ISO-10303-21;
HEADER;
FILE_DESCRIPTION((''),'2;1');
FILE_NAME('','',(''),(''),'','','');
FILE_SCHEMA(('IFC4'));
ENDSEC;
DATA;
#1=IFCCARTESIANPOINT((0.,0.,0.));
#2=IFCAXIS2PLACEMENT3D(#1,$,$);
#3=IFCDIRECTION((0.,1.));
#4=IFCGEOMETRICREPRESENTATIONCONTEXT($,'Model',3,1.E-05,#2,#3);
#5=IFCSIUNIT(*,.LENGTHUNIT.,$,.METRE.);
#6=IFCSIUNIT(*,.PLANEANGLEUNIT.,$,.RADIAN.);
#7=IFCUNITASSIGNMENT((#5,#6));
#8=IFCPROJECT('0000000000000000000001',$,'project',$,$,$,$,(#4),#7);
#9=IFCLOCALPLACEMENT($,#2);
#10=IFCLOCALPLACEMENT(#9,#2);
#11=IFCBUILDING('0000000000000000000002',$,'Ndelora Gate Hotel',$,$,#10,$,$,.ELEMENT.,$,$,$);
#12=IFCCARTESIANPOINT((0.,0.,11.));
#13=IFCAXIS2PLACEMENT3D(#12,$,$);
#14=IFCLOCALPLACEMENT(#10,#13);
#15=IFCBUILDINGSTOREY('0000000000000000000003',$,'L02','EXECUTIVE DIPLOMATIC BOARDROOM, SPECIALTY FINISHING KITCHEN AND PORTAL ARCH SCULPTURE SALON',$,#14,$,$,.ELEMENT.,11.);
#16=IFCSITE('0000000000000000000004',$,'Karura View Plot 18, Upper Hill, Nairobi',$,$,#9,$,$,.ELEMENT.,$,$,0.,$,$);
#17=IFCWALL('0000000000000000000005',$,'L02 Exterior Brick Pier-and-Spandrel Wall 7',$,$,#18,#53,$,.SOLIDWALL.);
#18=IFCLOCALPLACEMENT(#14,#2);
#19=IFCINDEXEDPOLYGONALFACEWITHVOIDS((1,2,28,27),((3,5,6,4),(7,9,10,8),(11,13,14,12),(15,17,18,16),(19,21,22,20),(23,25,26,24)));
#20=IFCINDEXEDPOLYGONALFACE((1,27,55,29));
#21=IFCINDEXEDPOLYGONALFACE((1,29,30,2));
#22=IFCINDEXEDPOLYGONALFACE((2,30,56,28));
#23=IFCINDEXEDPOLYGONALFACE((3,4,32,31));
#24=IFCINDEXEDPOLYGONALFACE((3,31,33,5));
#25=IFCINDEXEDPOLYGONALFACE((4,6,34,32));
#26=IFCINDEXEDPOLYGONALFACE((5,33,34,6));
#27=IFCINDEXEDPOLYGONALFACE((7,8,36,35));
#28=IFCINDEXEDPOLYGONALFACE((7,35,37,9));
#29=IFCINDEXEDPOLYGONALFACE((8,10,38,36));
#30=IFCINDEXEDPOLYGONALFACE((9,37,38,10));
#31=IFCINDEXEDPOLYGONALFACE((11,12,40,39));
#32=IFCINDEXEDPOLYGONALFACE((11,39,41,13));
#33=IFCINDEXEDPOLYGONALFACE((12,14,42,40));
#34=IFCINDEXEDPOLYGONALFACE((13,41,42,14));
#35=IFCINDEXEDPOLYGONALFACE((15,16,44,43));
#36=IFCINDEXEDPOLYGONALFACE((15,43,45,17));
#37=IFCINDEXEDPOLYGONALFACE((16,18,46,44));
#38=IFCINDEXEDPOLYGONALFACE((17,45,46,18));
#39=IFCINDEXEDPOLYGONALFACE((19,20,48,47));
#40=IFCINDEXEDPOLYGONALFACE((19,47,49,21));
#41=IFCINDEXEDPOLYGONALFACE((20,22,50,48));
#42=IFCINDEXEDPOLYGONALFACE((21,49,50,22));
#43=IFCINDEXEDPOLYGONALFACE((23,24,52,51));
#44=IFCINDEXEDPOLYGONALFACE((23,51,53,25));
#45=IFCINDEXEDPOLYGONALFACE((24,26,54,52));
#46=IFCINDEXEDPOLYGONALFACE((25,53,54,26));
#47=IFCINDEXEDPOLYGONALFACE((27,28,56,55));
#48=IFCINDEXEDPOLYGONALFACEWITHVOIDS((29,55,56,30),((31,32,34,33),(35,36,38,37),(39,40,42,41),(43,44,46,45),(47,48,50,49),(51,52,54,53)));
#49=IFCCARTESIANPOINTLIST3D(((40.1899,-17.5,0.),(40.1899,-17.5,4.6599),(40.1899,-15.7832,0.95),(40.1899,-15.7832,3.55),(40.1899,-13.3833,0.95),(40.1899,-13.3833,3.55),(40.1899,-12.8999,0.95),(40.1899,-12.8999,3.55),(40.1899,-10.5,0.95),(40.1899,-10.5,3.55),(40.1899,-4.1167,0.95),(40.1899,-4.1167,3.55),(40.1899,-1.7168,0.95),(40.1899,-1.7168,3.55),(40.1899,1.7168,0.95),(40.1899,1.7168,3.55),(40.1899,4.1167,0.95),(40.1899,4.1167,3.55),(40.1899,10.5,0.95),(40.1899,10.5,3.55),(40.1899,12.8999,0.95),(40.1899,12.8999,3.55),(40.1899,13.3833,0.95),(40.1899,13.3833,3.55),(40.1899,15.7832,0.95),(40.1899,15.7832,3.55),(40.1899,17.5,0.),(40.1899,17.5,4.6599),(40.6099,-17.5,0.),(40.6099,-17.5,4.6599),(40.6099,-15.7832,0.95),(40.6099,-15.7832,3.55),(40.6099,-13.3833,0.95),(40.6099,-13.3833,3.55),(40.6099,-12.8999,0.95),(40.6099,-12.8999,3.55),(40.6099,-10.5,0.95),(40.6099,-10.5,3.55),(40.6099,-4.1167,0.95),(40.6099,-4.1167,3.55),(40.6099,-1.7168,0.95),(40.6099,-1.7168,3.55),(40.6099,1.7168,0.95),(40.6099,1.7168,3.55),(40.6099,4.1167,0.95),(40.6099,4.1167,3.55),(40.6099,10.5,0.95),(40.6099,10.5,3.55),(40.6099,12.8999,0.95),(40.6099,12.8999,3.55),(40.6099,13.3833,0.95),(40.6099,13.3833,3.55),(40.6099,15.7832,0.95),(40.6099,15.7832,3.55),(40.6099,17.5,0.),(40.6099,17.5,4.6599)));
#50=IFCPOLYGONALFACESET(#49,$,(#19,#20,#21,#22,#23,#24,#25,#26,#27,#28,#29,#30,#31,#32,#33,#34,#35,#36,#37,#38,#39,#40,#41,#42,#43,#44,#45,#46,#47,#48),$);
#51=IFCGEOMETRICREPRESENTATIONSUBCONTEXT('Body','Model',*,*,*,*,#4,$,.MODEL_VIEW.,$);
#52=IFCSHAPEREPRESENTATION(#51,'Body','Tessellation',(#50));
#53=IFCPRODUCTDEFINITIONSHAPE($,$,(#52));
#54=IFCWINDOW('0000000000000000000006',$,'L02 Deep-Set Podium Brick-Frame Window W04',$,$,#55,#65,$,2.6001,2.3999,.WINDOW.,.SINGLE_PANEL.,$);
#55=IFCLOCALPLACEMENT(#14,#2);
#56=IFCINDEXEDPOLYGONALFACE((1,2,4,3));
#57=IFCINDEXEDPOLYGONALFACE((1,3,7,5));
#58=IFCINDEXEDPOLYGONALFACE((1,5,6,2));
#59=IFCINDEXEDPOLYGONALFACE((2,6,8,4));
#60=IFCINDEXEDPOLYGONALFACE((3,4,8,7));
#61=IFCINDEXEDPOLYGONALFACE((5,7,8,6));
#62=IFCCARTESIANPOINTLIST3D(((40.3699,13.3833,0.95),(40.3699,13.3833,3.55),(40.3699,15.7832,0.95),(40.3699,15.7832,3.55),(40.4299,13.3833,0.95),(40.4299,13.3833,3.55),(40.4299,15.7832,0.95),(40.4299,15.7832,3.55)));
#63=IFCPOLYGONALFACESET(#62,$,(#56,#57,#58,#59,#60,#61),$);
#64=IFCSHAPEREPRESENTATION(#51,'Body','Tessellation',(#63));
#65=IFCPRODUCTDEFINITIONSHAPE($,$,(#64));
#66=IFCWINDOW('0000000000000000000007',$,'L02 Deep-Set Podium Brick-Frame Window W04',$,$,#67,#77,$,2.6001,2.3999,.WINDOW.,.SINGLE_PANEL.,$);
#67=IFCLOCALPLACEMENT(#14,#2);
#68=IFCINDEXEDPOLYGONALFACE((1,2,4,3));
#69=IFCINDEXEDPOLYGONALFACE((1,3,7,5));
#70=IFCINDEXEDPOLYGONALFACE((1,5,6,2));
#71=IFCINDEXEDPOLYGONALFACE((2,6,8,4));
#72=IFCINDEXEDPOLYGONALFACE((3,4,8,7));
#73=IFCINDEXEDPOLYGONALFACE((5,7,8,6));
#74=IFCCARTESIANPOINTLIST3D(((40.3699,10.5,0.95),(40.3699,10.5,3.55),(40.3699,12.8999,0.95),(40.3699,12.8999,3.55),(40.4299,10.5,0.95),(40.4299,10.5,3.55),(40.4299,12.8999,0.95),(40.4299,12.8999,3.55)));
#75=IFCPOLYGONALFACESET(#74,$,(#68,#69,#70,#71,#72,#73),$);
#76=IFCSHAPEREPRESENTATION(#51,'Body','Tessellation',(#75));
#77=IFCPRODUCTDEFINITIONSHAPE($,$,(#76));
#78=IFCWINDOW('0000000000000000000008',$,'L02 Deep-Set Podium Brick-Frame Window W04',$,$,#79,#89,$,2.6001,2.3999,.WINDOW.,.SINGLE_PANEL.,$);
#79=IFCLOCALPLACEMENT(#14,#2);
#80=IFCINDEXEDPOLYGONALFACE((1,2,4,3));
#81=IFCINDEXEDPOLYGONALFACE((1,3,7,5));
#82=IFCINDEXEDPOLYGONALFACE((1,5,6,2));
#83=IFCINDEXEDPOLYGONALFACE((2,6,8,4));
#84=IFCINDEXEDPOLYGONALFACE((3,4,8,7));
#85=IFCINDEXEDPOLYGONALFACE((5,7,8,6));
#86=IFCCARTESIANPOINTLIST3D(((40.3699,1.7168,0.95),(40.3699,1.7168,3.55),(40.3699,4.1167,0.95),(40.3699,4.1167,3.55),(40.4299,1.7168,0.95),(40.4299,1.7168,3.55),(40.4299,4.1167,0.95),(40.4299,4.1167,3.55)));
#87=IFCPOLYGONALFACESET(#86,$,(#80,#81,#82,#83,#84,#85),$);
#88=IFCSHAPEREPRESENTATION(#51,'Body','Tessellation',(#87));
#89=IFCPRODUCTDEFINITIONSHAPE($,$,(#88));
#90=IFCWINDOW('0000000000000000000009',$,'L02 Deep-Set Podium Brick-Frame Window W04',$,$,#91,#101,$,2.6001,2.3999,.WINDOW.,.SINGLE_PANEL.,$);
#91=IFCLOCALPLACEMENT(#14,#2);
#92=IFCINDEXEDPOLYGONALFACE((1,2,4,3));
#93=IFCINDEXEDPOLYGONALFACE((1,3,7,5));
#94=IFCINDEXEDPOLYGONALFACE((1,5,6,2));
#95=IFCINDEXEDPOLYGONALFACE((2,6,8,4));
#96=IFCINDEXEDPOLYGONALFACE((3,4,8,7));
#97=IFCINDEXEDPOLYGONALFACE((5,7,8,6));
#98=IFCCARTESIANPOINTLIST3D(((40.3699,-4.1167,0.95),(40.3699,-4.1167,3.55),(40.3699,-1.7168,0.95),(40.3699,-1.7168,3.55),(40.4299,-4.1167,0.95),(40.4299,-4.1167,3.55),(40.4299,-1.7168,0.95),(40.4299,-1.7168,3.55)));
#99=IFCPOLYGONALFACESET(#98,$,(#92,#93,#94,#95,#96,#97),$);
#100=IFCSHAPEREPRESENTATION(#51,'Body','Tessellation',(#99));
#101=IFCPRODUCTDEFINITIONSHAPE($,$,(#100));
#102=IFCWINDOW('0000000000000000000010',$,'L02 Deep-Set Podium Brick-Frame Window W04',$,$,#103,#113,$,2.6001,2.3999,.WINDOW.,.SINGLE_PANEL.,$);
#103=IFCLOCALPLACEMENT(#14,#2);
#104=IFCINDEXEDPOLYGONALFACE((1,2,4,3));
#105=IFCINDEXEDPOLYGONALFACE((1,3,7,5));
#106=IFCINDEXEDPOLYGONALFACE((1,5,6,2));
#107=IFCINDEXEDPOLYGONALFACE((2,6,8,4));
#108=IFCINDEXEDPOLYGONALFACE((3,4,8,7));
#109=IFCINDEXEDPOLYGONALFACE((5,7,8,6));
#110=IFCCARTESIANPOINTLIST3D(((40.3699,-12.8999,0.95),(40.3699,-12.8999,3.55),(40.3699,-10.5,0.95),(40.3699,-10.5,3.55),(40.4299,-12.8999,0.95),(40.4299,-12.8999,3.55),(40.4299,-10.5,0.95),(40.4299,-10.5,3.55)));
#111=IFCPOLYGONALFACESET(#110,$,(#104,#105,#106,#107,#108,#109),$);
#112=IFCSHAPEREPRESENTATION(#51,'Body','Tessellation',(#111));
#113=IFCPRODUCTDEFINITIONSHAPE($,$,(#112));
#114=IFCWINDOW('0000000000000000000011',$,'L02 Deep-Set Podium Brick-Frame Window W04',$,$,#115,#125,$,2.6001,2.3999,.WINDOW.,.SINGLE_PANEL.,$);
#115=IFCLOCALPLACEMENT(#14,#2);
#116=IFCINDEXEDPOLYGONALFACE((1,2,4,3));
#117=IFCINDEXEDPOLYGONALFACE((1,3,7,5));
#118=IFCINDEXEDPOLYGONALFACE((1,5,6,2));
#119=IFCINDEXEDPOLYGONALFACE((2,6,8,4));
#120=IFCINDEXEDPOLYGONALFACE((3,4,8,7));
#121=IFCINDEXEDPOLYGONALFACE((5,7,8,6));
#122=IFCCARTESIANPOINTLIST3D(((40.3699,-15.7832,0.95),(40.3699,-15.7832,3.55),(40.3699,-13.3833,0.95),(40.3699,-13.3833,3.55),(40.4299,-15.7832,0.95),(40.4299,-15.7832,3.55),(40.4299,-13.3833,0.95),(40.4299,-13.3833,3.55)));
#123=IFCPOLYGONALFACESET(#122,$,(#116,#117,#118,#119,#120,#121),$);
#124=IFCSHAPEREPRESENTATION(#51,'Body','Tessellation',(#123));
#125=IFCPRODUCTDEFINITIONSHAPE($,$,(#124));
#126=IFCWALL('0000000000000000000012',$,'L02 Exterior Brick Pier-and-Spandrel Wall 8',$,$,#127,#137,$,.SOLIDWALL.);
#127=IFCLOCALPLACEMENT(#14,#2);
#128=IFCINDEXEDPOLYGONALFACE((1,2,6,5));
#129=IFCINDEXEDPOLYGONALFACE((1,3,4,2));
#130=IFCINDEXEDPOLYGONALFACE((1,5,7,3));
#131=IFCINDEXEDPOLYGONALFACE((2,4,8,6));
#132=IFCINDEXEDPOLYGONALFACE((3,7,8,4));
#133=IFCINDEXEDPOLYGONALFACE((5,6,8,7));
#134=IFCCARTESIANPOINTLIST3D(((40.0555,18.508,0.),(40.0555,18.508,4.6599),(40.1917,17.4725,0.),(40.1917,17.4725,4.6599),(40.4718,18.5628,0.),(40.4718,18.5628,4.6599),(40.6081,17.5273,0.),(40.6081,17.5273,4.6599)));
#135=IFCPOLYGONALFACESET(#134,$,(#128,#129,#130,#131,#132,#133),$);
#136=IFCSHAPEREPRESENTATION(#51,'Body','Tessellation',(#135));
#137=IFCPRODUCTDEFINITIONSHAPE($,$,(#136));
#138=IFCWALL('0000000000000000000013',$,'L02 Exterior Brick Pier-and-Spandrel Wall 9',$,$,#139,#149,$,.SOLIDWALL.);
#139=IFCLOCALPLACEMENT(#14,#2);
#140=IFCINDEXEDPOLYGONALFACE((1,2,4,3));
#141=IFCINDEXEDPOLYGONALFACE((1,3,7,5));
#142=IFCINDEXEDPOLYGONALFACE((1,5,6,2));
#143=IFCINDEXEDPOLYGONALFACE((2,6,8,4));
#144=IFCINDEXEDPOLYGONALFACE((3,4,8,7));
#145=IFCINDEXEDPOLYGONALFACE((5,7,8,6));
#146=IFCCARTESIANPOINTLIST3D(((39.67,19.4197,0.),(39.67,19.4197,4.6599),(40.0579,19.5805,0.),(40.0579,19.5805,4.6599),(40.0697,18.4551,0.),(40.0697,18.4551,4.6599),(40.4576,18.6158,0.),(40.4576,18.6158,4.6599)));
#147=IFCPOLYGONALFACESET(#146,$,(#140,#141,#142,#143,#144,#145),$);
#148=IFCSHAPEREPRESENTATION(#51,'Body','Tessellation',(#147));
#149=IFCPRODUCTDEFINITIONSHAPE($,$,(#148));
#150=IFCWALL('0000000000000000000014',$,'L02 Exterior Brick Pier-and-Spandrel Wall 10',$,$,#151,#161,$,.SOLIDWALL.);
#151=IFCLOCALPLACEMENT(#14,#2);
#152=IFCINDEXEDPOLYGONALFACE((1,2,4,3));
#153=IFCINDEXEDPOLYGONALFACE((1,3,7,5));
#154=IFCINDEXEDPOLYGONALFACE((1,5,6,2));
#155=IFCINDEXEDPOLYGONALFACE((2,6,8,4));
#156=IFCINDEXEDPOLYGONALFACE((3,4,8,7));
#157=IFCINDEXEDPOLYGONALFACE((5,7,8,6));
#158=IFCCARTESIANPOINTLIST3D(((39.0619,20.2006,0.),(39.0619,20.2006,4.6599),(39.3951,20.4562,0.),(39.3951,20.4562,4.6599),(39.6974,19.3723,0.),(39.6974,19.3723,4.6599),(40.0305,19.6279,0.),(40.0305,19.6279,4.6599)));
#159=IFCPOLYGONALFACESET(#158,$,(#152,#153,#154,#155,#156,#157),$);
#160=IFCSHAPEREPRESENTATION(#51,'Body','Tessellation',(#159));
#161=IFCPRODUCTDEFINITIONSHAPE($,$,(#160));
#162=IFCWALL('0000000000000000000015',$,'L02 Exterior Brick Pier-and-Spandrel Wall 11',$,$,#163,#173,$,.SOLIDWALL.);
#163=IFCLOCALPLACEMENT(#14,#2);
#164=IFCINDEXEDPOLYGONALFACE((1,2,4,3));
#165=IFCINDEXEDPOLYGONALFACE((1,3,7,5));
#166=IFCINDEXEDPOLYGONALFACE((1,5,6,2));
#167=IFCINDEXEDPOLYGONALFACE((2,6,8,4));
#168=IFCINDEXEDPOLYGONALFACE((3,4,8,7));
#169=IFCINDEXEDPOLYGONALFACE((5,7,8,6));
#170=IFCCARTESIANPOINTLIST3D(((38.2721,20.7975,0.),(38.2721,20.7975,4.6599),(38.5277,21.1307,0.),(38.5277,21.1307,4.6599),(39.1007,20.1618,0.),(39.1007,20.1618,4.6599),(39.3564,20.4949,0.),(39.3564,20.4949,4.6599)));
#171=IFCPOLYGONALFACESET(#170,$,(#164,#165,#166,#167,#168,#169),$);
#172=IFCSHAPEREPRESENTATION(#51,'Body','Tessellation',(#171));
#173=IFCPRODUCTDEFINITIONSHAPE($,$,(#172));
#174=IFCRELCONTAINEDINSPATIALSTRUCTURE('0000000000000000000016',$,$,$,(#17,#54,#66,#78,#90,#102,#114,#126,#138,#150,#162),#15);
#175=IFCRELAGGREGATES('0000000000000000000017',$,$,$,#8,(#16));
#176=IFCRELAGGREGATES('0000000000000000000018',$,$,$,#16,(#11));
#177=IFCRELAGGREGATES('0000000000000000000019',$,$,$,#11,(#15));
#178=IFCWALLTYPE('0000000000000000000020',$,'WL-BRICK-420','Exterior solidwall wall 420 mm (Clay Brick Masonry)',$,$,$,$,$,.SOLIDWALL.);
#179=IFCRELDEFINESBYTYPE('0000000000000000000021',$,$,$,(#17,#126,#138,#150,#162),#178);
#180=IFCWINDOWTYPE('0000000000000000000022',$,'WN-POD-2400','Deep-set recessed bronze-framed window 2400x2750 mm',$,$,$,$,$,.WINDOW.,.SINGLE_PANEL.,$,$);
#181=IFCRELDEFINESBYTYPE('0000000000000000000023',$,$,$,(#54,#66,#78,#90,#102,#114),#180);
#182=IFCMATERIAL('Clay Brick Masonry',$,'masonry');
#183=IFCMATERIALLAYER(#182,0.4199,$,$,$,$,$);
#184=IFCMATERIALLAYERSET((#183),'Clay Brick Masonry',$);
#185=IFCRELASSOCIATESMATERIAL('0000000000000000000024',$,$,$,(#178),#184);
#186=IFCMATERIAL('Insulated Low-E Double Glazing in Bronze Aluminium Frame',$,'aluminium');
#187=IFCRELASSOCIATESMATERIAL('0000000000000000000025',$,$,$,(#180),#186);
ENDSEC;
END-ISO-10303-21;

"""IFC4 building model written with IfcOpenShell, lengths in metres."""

from ifc_helpers import new_model, si_unit, direction, frame, frame_2d, origin, place, context, subcontext, project, spatial, rectangle, extrude, material, layer, layer_set, type_object, element, fill, save


model = new_model("IFC4")

# Units and contexts
model_context = context("Model", 3, precision=1e-05, world=origin(), true_north=direction((0.0, 1.0)))
body_context = subcontext(model_context, "Body", "Model", "MODEL_VIEW")
ifc_project = project(units=[si_unit("LENGTHUNIT", "METRE"), si_unit("PLANEANGLEUNIT", "RADIAN")], contexts=[model_context])

# Site, building, storey
site_placement = place(None, origin())
site = spatial("IfcSite", under=ifc_project, at=site_placement, Name="Karura View Plot 18, Upper Hill, Nairobi", CompositionType="ELEMENT", RefElevation=0.0)
building_placement = place(site_placement, origin())
building = spatial("IfcBuilding", under=site, at=building_placement, Name="Ndelora Gate Hotel", CompositionType="ELEMENT")
storey_placement = place(building_placement, frame((0.0, 0.0, 11.0)))
storey = spatial("IfcBuildingStorey", under=building, at=storey_placement, Name="L02", Description="EXECUTIVE DIPLOMATIC BOARDROOM, SPECIALTY FINISHING KITCHEN AND PORTAL ARCH SCULPTURE SALON", CompositionType="ELEMENT", Elevation=11.0)

# Wall, openings, windows
ifc_material_1 = material(Name="Clay Brick Masonry", Category="masonry")
ifc_layer_1 = layer(ifc_material_1, 0.4199)
ifc_layer_set_1 = layer_set([ifc_layer_1], Name="Clay Brick Masonry")
wall_type = type_object("IfcWallType", Name="WL-BRICK-420", Description="Exterior solidwall wall 420 mm (Clay Brick Masonry)", PredefinedType="SOLIDWALL", material=ifc_layer_set_1)
wall_1_placement = place(storey_placement, frame((40.3999, 17.5, 0.0), z_axis=(0.0, 0.0, 1.0), x_axis=(0.0, -1.0, 0.0)))
wall_1 = element("IfcWall", 1, at=wall_1_placement, inside=storey, type_object=wall_type, Name="L02 Exterior Brick Pier-and-Spandrel Wall 7", PredefinedType="SOLIDWALL", context=body_context, shape_type="SweptSolid", body=[
    extrude(rectangle(XDim=35.0, YDim=0.4199, at=frame_2d((17.5, 0.0))), origin(), (0.0, 0.0, 1.0), 4.6599),
])
opening_1_placement = place(wall_1_placement, frame((1.7168, 0.0, 0.95)))
opening_1 = element("IfcOpeningElement", 2, at=opening_1_placement, cuts=wall_1, PredefinedType="OPENING", context=body_context, shape_type="SweptSolid", body=[
    extrude(rectangle(XDim=2.3999, YDim=2.6001, at=frame_2d((1.2, 1.3))), frame((0.0, 0.22, 0.0), z_axis=(0.0, -1.0, 0.0), x_axis=(1.0, 0.0, 0.0)), (0.0, 0.0, 1.0), 0.4399),
])
opening_2_placement = place(wall_1_placement, frame((4.6001, 0.0, 0.95)))
opening_2 = element("IfcOpeningElement", 3, at=opening_2_placement, cuts=wall_1, PredefinedType="OPENING", context=body_context, shape_type="SweptSolid", body=[
    extrude(rectangle(XDim=2.3999, YDim=2.6001, at=frame_2d((1.2, 1.3))), frame((0.0, 0.22, 0.0), z_axis=(0.0, -1.0, 0.0), x_axis=(1.0, 0.0, 0.0)), (0.0, 0.0, 1.0), 0.4399),
])
opening_3_placement = place(wall_1_placement, frame((13.3833, 0.0, 0.95)))
opening_3 = element("IfcOpeningElement", 4, at=opening_3_placement, cuts=wall_1, PredefinedType="OPENING", context=body_context, shape_type="SweptSolid", body=[
    extrude(rectangle(XDim=2.3999, YDim=2.6001, at=frame_2d((1.2, 1.3))), frame((0.0, 0.22, 0.0), z_axis=(0.0, -1.0, 0.0), x_axis=(1.0, 0.0, 0.0)), (0.0, 0.0, 1.0), 0.4399),
])
opening_4_placement = place(wall_1_placement, frame((19.2168, 0.0, 0.95)))
opening_4 = element("IfcOpeningElement", 5, at=opening_4_placement, cuts=wall_1, PredefinedType="OPENING", context=body_context, shape_type="SweptSolid", body=[
    extrude(rectangle(XDim=2.3999, YDim=2.6001, at=frame_2d((1.2, 1.3))), frame((0.0, 0.22, 0.0), z_axis=(0.0, -1.0, 0.0), x_axis=(1.0, 0.0, 0.0)), (0.0, 0.0, 1.0), 0.4399),
])
opening_5_placement = place(wall_1_placement, frame((28.0, 0.0, 0.95)))
opening_5 = element("IfcOpeningElement", 6, at=opening_5_placement, cuts=wall_1, PredefinedType="OPENING", context=body_context, shape_type="SweptSolid", body=[
    extrude(rectangle(XDim=2.3999, YDim=2.6001, at=frame_2d((1.2, 1.3))), frame((0.0, 0.22, 0.0), z_axis=(0.0, -1.0, 0.0), x_axis=(1.0, 0.0, 0.0)), (0.0, 0.0, 1.0), 0.4399),
])
opening_6_placement = place(wall_1_placement, frame((30.8833, 0.0, 0.95)))
opening_6 = element("IfcOpeningElement", 7, at=opening_6_placement, cuts=wall_1, PredefinedType="OPENING", context=body_context, shape_type="SweptSolid", body=[
    extrude(rectangle(XDim=2.3999, YDim=2.6001, at=frame_2d((1.2, 1.3))), frame((0.0, 0.22, 0.0), z_axis=(0.0, -1.0, 0.0), x_axis=(1.0, 0.0, 0.0)), (0.0, 0.0, 1.0), 0.4399),
])
ifc_material_2 = material(Name="Insulated Low-E Double Glazing in Bronze Aluminium Frame", Category="aluminium")
window_type = type_object("IfcWindowType", Name="WN-POD-2400", Description="Deep-set recessed bronze-framed window 2400x2750 mm", PartitioningType="SINGLE_PANEL", PredefinedType="WINDOW", material=ifc_material_2)
window_1_placement = place(opening_1_placement, origin())
window_1 = element("IfcWindow", 8, at=window_1_placement, inside=storey, type_object=window_type, Name="L02 Deep-Set Podium Brick-Frame Window W04", OverallHeight=2.6001, OverallWidth=2.3999, PartitioningType="SINGLE_PANEL", PredefinedType="WINDOW", context=body_context, shape_type="SweptSolid", body=[
    extrude(rectangle(XDim=2.3999, YDim=2.6001, at=frame_2d((1.2, 1.3))), frame((0.0, 0.03, 0.0), z_axis=(0.0, -1.0, 0.0), x_axis=(1.0, 0.0, 0.0)), (0.0, 0.0, 1.0), 0.0601),
])
fill(opening_1, window_1)
window_2_placement = place(opening_2_placement, origin())
window_2 = element("IfcWindow", 9, at=window_2_placement, inside=storey, type_object=window_type, Name="L02 Deep-Set Podium Brick-Frame Window W04", OverallHeight=2.6001, OverallWidth=2.3999, PartitioningType="SINGLE_PANEL", PredefinedType="WINDOW", context=body_context, shape_type="SweptSolid", body=[
    extrude(rectangle(XDim=2.3999, YDim=2.6001, at=frame_2d((1.2, 1.3))), frame((0.0, 0.03, 0.0), z_axis=(0.0, -1.0, 0.0), x_axis=(1.0, 0.0, 0.0)), (0.0, 0.0, 1.0), 0.0601),
])
fill(opening_2, window_2)
window_3_placement = place(opening_3_placement, origin())
window_3 = element("IfcWindow", 10, at=window_3_placement, inside=storey, type_object=window_type, Name="L02 Deep-Set Podium Brick-Frame Window W04", OverallHeight=2.6001, OverallWidth=2.3999, PartitioningType="SINGLE_PANEL", PredefinedType="WINDOW", context=body_context, shape_type="SweptSolid", body=[
    extrude(rectangle(XDim=2.3999, YDim=2.6001, at=frame_2d((1.2, 1.3))), frame((0.0, 0.03, 0.0), z_axis=(0.0, -1.0, 0.0), x_axis=(1.0, 0.0, 0.0)), (0.0, 0.0, 1.0), 0.0601),
])
fill(opening_3, window_3)
window_4_placement = place(opening_4_placement, origin())
window_4 = element("IfcWindow", 11, at=window_4_placement, inside=storey, type_object=window_type, Name="L02 Deep-Set Podium Brick-Frame Window W04", OverallHeight=2.6001, OverallWidth=2.3999, PartitioningType="SINGLE_PANEL", PredefinedType="WINDOW", context=body_context, shape_type="SweptSolid", body=[
    extrude(rectangle(XDim=2.3999, YDim=2.6001, at=frame_2d((1.2, 1.3))), frame((0.0, 0.03, 0.0), z_axis=(0.0, -1.0, 0.0), x_axis=(1.0, 0.0, 0.0)), (0.0, 0.0, 1.0), 0.0601),
])
fill(opening_4, window_4)
window_5_placement = place(opening_5_placement, origin())
window_5 = element("IfcWindow", 12, at=window_5_placement, inside=storey, type_object=window_type, Name="L02 Deep-Set Podium Brick-Frame Window W04", OverallHeight=2.6001, OverallWidth=2.3999, PartitioningType="SINGLE_PANEL", PredefinedType="WINDOW", context=body_context, shape_type="SweptSolid", body=[
    extrude(rectangle(XDim=2.3999, YDim=2.6001, at=frame_2d((1.2, 1.3))), frame((0.0, 0.03, 0.0), z_axis=(0.0, -1.0, 0.0), x_axis=(1.0, 0.0, 0.0)), (0.0, 0.0, 1.0), 0.0601),
])
fill(opening_5, window_5)
window_6_placement = place(opening_6_placement, origin())
window_6 = element("IfcWindow", 13, at=window_6_placement, inside=storey, type_object=window_type, Name="L02 Deep-Set Podium Brick-Frame Window W04", OverallHeight=2.6001, OverallWidth=2.3999, PartitioningType="SINGLE_PANEL", PredefinedType="WINDOW", context=body_context, shape_type="SweptSolid", body=[
    extrude(rectangle(XDim=2.3999, YDim=2.6001, at=frame_2d((1.2, 1.3))), frame((0.0, 0.03, 0.0), z_axis=(0.0, -1.0, 0.0), x_axis=(1.0, 0.0, 0.0)), (0.0, 0.0, 1.0), 0.0601),
])
fill(opening_6, window_6)

# Walls
wall_2_placement = place(storey_placement, frame((40.2637, 18.5354, 0.0), z_axis=(0.0, 0.0, 1.0), x_axis=(0.130448, -0.991455, 0.0)))
element("IfcWall", 14, at=wall_2_placement, inside=storey, type_object=wall_type, Name="L02 Exterior Brick Pier-and-Spandrel Wall 8", PredefinedType="SOLIDWALL", context=body_context, shape_type="SweptSolid", body=[
    extrude(rectangle(XDim=1.0444, YDim=0.4199, at=frame_2d((0.5222, 0.0))), origin(), (0.0, 0.0, 1.0), 4.6599),
])
wall_3_placement = place(storey_placement, frame((39.864, 19.5, 0.0), z_axis=(0.0, 0.0, 1.0), x_axis=(0.382772, -0.923843, 0.0)))
element("IfcWall", 15, at=wall_3_placement, inside=storey, type_object=wall_type, Name="L02 Exterior Brick Pier-and-Spandrel Wall 9", PredefinedType="SOLIDWALL", context=body_context, shape_type="SweptSolid", body=[
    extrude(rectangle(XDim=1.0442, YDim=0.4199, at=frame_2d((0.522, 0.0))), origin(), (0.0, 0.0, 1.0), 4.6599),
])
wall_4_placement = place(storey_placement, frame((39.2285, 20.3284, 0.0), z_axis=(0.0, 0.0, 1.0), x_axis=(0.608682, -0.793414, 0.0)))
element("IfcWall", 16, at=wall_4_placement, inside=storey, type_object=wall_type, Name="L02 Exterior Brick Pier-and-Spandrel Wall 10", PredefinedType="SOLIDWALL", context=body_context, shape_type="SweptSolid", body=[
    extrude(rectangle(XDim=1.0439, YDim=0.4199, at=frame_2d((0.522, 0.0))), origin(), (0.0, 0.0, 1.0), 4.6599),
])
wall_5_placement = place(storey_placement, frame((38.3999, 20.9641, 0.0), z_axis=(0.0, 0.0, 1.0), x_axis=(0.793388, -0.608716, 0.0)))
element("IfcWall", 17, at=wall_5_placement, inside=storey, type_object=wall_type, Name="L02 Exterior Brick Pier-and-Spandrel Wall 11", PredefinedType="SOLIDWALL", context=body_context, shape_type="SweptSolid", body=[
    extrude(rectangle(XDim=1.0444, YDim=0.4199, at=frame_2d((0.5222, 0.0))), origin(), (0.0, 0.0, 1.0), 4.6599),
])

save(model, "model.ifc")
